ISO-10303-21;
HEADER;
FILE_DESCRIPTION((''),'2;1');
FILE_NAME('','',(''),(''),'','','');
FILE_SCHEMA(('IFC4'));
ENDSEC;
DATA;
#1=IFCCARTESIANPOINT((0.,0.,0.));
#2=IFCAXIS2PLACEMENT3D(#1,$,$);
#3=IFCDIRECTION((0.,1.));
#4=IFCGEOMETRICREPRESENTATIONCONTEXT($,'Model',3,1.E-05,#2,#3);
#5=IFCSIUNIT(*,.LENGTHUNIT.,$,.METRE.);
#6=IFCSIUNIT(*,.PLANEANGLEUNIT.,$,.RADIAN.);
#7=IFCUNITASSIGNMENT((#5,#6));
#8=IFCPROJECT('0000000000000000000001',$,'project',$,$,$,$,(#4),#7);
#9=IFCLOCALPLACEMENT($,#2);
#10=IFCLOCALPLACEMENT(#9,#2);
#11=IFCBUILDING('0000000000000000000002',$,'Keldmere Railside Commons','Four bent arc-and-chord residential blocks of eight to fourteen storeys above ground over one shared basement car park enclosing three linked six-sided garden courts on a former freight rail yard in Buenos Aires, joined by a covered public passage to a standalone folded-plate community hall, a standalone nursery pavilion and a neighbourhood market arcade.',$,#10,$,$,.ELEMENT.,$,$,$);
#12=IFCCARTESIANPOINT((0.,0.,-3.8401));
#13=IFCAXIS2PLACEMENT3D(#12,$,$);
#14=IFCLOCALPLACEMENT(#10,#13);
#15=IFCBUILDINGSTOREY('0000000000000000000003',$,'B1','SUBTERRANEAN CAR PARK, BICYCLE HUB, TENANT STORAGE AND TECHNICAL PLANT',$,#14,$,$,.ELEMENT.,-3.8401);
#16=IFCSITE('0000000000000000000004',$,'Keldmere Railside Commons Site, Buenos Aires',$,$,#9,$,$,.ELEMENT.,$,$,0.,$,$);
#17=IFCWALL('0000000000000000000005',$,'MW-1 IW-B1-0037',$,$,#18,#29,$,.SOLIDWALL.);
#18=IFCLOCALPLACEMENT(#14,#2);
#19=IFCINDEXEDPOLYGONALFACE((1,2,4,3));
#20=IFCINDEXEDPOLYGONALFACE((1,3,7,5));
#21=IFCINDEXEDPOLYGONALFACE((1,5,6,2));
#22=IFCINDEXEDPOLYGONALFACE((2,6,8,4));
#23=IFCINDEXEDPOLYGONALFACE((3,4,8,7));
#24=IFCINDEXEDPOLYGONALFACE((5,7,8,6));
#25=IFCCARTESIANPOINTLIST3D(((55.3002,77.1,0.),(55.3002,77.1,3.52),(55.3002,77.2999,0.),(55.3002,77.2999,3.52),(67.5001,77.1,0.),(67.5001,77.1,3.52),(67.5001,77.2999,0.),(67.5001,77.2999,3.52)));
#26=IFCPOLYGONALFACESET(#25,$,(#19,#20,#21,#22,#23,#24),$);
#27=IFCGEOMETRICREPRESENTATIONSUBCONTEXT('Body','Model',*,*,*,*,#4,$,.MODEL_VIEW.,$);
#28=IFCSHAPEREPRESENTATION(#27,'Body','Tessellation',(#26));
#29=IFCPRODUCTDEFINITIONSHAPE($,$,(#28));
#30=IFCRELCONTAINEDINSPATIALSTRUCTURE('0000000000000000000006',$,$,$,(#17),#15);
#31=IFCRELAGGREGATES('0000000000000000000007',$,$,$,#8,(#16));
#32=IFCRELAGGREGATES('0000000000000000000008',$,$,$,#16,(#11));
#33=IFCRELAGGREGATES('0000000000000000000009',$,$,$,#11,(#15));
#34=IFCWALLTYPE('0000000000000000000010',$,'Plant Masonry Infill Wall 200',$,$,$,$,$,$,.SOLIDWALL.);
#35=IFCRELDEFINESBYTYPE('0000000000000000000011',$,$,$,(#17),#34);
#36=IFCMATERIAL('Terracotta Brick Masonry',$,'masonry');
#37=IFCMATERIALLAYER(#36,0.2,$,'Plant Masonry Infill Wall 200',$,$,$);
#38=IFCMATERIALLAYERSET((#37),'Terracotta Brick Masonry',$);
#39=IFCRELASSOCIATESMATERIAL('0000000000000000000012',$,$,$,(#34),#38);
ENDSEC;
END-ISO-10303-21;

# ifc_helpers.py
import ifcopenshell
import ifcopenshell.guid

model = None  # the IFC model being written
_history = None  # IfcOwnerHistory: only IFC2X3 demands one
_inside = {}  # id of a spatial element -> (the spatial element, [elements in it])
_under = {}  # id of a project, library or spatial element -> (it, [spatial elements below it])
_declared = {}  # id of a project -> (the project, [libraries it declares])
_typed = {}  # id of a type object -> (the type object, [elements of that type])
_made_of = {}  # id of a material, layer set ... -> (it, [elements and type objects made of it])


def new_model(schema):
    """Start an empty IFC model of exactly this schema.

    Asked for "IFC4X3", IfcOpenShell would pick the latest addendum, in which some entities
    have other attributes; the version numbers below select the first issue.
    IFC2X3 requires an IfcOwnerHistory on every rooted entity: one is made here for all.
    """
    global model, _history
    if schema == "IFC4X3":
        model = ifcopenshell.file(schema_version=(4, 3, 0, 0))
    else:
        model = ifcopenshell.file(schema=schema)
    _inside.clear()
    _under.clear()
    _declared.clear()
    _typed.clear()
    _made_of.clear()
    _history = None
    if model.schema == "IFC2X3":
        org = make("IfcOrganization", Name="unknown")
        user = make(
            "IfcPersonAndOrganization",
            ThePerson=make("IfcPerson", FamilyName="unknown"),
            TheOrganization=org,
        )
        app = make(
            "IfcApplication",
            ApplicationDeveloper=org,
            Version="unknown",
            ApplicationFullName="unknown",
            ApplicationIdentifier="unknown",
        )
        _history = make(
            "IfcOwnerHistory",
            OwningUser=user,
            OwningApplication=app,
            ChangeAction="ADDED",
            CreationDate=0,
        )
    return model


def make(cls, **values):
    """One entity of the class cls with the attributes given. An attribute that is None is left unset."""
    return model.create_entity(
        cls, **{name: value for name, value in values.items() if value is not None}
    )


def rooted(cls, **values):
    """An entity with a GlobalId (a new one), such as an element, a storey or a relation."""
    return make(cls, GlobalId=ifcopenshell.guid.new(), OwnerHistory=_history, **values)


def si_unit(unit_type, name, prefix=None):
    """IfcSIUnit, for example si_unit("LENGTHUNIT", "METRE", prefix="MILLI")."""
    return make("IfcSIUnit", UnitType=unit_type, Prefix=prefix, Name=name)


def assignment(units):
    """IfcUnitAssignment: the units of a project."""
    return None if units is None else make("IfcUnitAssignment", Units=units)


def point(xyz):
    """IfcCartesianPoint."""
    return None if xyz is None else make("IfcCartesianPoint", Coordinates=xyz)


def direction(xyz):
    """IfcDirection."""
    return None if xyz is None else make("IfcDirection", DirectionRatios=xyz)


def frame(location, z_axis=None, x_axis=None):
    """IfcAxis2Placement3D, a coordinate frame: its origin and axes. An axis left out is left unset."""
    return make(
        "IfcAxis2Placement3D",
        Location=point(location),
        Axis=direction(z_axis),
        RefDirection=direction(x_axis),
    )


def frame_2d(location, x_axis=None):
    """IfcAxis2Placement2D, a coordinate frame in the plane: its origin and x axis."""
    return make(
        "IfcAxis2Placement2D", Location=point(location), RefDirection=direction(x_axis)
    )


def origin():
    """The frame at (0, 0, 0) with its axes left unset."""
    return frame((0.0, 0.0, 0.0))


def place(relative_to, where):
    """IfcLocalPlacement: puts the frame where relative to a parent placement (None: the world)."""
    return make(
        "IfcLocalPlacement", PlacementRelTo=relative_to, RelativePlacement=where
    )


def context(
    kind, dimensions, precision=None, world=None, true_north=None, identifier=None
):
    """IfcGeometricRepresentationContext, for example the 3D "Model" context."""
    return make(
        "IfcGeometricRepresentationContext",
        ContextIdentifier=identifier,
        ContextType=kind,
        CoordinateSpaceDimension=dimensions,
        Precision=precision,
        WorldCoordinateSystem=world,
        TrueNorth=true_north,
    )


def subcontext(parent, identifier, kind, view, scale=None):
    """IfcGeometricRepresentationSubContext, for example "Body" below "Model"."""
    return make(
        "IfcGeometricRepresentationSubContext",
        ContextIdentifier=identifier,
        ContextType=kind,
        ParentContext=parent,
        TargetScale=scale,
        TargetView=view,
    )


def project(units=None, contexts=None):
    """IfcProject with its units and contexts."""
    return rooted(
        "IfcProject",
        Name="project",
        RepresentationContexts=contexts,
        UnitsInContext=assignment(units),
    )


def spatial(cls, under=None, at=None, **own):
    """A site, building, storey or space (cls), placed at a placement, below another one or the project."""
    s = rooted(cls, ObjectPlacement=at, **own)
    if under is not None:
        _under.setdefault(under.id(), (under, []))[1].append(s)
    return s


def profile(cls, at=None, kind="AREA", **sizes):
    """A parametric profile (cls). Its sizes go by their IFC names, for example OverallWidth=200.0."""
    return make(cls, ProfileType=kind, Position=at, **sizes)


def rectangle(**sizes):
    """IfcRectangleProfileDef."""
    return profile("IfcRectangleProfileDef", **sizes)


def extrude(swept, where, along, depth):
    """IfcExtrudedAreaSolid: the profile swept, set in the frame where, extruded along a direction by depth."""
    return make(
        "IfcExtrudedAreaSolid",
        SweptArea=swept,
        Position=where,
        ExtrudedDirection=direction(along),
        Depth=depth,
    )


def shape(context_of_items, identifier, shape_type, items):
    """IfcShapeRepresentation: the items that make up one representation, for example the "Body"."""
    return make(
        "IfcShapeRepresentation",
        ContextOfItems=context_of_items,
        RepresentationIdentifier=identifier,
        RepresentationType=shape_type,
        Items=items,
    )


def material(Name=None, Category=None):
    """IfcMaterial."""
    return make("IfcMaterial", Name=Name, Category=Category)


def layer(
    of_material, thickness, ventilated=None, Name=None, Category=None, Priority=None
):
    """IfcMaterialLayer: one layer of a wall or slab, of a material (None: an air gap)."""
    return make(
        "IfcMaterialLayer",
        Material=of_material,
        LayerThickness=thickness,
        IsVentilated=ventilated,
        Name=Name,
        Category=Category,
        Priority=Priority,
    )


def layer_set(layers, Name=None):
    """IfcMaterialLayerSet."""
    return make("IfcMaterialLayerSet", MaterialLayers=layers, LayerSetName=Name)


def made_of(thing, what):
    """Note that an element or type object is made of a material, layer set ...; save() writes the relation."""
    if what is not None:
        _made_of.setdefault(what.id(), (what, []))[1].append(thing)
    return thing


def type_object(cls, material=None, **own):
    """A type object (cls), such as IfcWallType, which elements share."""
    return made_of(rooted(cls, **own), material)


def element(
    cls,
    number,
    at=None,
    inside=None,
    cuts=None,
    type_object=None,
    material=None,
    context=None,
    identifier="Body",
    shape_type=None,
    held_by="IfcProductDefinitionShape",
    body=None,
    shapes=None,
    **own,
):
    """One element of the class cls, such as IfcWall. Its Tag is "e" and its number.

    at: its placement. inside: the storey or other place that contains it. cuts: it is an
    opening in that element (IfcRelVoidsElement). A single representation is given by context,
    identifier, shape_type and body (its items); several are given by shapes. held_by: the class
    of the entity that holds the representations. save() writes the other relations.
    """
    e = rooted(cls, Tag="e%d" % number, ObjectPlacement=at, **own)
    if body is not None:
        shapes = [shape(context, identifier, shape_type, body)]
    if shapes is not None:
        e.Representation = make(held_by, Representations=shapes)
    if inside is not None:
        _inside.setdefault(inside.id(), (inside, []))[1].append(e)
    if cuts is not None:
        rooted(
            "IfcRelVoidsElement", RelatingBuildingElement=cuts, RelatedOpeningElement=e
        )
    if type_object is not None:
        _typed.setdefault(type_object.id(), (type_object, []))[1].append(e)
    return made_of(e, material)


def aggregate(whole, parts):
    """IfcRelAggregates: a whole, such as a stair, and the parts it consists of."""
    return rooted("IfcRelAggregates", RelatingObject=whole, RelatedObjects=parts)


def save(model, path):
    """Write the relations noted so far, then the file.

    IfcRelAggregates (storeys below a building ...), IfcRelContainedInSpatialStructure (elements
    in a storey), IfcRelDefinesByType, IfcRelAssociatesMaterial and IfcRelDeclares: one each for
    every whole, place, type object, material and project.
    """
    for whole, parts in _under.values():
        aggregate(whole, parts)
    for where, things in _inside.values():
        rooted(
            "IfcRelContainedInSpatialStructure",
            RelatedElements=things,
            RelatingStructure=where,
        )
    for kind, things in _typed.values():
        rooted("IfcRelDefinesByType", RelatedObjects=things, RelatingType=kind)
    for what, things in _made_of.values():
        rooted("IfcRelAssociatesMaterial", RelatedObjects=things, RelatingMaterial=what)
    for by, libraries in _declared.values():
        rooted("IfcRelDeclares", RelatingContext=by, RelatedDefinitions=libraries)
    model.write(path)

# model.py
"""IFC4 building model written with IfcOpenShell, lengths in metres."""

from ifc_helpers import new_model, si_unit, direction, frame, frame_2d, origin, place, context, subcontext, project, spatial, rectangle, extrude, material, layer, layer_set, type_object, element, save


model = new_model("IFC4")

# Units and contexts
model_context = context("Model", 3, precision=1e-05, world=origin(), true_north=direction((0.0, 1.0)))
body_context = subcontext(model_context, "Body", "Model", "MODEL_VIEW")
ifc_project = project(units=[si_unit("LENGTHUNIT", "METRE"), si_unit("PLANEANGLEUNIT", "RADIAN")], contexts=[model_context])

# Site, building, storey
site_placement = place(None, origin())
site = spatial("IfcSite", under=ifc_project, at=site_placement, Name="Keldmere Railside Commons Site, Buenos Aires", CompositionType="ELEMENT", RefElevation=0.0)
building_placement = place(site_placement, origin())
building = spatial("IfcBuilding", under=site, at=building_placement, Name="Keldmere Railside Commons", Description="Four bent arc-and-chord residential blocks of eight to fourteen storeys above ground over one shared basement car park enclosing three linked six-sided garden courts on a former freight rail yard in Buenos Aires, joined by a covered public passage to a standalone folded-plate community hall, a standalone nursery pavilion and a neighbourhood market arcade.", CompositionType="ELEMENT")
storey_placement = place(building_placement, frame((0.0, 0.0, -3.8401)))
storey = spatial("IfcBuildingStorey", under=building, at=storey_placement, Name="B1", Description="SUBTERRANEAN CAR PARK, BICYCLE HUB, TENANT STORAGE AND TECHNICAL PLANT", CompositionType="ELEMENT", Elevation=-3.8401)

# Wall
ifc_material_1 = material(Name="Terracotta Brick Masonry", Category="masonry")
ifc_layer_1 = layer(ifc_material_1, 0.2, Name="Plant Masonry Infill Wall 200")
ifc_layer_set_1 = layer_set([ifc_layer_1], Name="Terracotta Brick Masonry")
wall_type_1 = type_object("IfcWallType", Name="Plant Masonry Infill Wall 200", PredefinedType="SOLIDWALL", material=ifc_layer_set_1)
wall_1_placement = place(storey_placement, frame((55.3, 77.2, 0.0), z_axis=(0.0, 0.0, 1.0), x_axis=(1.0, 0.0, 0.0)))
element("IfcWall", 1, at=wall_1_placement, inside=storey, type_object=wall_type_1, Name="MW-1 IW-B1-0037", PredefinedType="SOLIDWALL", context=body_context, shape_type="SweptSolid", body=[
    extrude(rectangle(XDim=12.2, YDim=0.2, at=frame_2d((6.1001, 0.0))), origin(), (0.0, 0.0, 1.0), 3.52),
])

save(model, "model.ifc")
